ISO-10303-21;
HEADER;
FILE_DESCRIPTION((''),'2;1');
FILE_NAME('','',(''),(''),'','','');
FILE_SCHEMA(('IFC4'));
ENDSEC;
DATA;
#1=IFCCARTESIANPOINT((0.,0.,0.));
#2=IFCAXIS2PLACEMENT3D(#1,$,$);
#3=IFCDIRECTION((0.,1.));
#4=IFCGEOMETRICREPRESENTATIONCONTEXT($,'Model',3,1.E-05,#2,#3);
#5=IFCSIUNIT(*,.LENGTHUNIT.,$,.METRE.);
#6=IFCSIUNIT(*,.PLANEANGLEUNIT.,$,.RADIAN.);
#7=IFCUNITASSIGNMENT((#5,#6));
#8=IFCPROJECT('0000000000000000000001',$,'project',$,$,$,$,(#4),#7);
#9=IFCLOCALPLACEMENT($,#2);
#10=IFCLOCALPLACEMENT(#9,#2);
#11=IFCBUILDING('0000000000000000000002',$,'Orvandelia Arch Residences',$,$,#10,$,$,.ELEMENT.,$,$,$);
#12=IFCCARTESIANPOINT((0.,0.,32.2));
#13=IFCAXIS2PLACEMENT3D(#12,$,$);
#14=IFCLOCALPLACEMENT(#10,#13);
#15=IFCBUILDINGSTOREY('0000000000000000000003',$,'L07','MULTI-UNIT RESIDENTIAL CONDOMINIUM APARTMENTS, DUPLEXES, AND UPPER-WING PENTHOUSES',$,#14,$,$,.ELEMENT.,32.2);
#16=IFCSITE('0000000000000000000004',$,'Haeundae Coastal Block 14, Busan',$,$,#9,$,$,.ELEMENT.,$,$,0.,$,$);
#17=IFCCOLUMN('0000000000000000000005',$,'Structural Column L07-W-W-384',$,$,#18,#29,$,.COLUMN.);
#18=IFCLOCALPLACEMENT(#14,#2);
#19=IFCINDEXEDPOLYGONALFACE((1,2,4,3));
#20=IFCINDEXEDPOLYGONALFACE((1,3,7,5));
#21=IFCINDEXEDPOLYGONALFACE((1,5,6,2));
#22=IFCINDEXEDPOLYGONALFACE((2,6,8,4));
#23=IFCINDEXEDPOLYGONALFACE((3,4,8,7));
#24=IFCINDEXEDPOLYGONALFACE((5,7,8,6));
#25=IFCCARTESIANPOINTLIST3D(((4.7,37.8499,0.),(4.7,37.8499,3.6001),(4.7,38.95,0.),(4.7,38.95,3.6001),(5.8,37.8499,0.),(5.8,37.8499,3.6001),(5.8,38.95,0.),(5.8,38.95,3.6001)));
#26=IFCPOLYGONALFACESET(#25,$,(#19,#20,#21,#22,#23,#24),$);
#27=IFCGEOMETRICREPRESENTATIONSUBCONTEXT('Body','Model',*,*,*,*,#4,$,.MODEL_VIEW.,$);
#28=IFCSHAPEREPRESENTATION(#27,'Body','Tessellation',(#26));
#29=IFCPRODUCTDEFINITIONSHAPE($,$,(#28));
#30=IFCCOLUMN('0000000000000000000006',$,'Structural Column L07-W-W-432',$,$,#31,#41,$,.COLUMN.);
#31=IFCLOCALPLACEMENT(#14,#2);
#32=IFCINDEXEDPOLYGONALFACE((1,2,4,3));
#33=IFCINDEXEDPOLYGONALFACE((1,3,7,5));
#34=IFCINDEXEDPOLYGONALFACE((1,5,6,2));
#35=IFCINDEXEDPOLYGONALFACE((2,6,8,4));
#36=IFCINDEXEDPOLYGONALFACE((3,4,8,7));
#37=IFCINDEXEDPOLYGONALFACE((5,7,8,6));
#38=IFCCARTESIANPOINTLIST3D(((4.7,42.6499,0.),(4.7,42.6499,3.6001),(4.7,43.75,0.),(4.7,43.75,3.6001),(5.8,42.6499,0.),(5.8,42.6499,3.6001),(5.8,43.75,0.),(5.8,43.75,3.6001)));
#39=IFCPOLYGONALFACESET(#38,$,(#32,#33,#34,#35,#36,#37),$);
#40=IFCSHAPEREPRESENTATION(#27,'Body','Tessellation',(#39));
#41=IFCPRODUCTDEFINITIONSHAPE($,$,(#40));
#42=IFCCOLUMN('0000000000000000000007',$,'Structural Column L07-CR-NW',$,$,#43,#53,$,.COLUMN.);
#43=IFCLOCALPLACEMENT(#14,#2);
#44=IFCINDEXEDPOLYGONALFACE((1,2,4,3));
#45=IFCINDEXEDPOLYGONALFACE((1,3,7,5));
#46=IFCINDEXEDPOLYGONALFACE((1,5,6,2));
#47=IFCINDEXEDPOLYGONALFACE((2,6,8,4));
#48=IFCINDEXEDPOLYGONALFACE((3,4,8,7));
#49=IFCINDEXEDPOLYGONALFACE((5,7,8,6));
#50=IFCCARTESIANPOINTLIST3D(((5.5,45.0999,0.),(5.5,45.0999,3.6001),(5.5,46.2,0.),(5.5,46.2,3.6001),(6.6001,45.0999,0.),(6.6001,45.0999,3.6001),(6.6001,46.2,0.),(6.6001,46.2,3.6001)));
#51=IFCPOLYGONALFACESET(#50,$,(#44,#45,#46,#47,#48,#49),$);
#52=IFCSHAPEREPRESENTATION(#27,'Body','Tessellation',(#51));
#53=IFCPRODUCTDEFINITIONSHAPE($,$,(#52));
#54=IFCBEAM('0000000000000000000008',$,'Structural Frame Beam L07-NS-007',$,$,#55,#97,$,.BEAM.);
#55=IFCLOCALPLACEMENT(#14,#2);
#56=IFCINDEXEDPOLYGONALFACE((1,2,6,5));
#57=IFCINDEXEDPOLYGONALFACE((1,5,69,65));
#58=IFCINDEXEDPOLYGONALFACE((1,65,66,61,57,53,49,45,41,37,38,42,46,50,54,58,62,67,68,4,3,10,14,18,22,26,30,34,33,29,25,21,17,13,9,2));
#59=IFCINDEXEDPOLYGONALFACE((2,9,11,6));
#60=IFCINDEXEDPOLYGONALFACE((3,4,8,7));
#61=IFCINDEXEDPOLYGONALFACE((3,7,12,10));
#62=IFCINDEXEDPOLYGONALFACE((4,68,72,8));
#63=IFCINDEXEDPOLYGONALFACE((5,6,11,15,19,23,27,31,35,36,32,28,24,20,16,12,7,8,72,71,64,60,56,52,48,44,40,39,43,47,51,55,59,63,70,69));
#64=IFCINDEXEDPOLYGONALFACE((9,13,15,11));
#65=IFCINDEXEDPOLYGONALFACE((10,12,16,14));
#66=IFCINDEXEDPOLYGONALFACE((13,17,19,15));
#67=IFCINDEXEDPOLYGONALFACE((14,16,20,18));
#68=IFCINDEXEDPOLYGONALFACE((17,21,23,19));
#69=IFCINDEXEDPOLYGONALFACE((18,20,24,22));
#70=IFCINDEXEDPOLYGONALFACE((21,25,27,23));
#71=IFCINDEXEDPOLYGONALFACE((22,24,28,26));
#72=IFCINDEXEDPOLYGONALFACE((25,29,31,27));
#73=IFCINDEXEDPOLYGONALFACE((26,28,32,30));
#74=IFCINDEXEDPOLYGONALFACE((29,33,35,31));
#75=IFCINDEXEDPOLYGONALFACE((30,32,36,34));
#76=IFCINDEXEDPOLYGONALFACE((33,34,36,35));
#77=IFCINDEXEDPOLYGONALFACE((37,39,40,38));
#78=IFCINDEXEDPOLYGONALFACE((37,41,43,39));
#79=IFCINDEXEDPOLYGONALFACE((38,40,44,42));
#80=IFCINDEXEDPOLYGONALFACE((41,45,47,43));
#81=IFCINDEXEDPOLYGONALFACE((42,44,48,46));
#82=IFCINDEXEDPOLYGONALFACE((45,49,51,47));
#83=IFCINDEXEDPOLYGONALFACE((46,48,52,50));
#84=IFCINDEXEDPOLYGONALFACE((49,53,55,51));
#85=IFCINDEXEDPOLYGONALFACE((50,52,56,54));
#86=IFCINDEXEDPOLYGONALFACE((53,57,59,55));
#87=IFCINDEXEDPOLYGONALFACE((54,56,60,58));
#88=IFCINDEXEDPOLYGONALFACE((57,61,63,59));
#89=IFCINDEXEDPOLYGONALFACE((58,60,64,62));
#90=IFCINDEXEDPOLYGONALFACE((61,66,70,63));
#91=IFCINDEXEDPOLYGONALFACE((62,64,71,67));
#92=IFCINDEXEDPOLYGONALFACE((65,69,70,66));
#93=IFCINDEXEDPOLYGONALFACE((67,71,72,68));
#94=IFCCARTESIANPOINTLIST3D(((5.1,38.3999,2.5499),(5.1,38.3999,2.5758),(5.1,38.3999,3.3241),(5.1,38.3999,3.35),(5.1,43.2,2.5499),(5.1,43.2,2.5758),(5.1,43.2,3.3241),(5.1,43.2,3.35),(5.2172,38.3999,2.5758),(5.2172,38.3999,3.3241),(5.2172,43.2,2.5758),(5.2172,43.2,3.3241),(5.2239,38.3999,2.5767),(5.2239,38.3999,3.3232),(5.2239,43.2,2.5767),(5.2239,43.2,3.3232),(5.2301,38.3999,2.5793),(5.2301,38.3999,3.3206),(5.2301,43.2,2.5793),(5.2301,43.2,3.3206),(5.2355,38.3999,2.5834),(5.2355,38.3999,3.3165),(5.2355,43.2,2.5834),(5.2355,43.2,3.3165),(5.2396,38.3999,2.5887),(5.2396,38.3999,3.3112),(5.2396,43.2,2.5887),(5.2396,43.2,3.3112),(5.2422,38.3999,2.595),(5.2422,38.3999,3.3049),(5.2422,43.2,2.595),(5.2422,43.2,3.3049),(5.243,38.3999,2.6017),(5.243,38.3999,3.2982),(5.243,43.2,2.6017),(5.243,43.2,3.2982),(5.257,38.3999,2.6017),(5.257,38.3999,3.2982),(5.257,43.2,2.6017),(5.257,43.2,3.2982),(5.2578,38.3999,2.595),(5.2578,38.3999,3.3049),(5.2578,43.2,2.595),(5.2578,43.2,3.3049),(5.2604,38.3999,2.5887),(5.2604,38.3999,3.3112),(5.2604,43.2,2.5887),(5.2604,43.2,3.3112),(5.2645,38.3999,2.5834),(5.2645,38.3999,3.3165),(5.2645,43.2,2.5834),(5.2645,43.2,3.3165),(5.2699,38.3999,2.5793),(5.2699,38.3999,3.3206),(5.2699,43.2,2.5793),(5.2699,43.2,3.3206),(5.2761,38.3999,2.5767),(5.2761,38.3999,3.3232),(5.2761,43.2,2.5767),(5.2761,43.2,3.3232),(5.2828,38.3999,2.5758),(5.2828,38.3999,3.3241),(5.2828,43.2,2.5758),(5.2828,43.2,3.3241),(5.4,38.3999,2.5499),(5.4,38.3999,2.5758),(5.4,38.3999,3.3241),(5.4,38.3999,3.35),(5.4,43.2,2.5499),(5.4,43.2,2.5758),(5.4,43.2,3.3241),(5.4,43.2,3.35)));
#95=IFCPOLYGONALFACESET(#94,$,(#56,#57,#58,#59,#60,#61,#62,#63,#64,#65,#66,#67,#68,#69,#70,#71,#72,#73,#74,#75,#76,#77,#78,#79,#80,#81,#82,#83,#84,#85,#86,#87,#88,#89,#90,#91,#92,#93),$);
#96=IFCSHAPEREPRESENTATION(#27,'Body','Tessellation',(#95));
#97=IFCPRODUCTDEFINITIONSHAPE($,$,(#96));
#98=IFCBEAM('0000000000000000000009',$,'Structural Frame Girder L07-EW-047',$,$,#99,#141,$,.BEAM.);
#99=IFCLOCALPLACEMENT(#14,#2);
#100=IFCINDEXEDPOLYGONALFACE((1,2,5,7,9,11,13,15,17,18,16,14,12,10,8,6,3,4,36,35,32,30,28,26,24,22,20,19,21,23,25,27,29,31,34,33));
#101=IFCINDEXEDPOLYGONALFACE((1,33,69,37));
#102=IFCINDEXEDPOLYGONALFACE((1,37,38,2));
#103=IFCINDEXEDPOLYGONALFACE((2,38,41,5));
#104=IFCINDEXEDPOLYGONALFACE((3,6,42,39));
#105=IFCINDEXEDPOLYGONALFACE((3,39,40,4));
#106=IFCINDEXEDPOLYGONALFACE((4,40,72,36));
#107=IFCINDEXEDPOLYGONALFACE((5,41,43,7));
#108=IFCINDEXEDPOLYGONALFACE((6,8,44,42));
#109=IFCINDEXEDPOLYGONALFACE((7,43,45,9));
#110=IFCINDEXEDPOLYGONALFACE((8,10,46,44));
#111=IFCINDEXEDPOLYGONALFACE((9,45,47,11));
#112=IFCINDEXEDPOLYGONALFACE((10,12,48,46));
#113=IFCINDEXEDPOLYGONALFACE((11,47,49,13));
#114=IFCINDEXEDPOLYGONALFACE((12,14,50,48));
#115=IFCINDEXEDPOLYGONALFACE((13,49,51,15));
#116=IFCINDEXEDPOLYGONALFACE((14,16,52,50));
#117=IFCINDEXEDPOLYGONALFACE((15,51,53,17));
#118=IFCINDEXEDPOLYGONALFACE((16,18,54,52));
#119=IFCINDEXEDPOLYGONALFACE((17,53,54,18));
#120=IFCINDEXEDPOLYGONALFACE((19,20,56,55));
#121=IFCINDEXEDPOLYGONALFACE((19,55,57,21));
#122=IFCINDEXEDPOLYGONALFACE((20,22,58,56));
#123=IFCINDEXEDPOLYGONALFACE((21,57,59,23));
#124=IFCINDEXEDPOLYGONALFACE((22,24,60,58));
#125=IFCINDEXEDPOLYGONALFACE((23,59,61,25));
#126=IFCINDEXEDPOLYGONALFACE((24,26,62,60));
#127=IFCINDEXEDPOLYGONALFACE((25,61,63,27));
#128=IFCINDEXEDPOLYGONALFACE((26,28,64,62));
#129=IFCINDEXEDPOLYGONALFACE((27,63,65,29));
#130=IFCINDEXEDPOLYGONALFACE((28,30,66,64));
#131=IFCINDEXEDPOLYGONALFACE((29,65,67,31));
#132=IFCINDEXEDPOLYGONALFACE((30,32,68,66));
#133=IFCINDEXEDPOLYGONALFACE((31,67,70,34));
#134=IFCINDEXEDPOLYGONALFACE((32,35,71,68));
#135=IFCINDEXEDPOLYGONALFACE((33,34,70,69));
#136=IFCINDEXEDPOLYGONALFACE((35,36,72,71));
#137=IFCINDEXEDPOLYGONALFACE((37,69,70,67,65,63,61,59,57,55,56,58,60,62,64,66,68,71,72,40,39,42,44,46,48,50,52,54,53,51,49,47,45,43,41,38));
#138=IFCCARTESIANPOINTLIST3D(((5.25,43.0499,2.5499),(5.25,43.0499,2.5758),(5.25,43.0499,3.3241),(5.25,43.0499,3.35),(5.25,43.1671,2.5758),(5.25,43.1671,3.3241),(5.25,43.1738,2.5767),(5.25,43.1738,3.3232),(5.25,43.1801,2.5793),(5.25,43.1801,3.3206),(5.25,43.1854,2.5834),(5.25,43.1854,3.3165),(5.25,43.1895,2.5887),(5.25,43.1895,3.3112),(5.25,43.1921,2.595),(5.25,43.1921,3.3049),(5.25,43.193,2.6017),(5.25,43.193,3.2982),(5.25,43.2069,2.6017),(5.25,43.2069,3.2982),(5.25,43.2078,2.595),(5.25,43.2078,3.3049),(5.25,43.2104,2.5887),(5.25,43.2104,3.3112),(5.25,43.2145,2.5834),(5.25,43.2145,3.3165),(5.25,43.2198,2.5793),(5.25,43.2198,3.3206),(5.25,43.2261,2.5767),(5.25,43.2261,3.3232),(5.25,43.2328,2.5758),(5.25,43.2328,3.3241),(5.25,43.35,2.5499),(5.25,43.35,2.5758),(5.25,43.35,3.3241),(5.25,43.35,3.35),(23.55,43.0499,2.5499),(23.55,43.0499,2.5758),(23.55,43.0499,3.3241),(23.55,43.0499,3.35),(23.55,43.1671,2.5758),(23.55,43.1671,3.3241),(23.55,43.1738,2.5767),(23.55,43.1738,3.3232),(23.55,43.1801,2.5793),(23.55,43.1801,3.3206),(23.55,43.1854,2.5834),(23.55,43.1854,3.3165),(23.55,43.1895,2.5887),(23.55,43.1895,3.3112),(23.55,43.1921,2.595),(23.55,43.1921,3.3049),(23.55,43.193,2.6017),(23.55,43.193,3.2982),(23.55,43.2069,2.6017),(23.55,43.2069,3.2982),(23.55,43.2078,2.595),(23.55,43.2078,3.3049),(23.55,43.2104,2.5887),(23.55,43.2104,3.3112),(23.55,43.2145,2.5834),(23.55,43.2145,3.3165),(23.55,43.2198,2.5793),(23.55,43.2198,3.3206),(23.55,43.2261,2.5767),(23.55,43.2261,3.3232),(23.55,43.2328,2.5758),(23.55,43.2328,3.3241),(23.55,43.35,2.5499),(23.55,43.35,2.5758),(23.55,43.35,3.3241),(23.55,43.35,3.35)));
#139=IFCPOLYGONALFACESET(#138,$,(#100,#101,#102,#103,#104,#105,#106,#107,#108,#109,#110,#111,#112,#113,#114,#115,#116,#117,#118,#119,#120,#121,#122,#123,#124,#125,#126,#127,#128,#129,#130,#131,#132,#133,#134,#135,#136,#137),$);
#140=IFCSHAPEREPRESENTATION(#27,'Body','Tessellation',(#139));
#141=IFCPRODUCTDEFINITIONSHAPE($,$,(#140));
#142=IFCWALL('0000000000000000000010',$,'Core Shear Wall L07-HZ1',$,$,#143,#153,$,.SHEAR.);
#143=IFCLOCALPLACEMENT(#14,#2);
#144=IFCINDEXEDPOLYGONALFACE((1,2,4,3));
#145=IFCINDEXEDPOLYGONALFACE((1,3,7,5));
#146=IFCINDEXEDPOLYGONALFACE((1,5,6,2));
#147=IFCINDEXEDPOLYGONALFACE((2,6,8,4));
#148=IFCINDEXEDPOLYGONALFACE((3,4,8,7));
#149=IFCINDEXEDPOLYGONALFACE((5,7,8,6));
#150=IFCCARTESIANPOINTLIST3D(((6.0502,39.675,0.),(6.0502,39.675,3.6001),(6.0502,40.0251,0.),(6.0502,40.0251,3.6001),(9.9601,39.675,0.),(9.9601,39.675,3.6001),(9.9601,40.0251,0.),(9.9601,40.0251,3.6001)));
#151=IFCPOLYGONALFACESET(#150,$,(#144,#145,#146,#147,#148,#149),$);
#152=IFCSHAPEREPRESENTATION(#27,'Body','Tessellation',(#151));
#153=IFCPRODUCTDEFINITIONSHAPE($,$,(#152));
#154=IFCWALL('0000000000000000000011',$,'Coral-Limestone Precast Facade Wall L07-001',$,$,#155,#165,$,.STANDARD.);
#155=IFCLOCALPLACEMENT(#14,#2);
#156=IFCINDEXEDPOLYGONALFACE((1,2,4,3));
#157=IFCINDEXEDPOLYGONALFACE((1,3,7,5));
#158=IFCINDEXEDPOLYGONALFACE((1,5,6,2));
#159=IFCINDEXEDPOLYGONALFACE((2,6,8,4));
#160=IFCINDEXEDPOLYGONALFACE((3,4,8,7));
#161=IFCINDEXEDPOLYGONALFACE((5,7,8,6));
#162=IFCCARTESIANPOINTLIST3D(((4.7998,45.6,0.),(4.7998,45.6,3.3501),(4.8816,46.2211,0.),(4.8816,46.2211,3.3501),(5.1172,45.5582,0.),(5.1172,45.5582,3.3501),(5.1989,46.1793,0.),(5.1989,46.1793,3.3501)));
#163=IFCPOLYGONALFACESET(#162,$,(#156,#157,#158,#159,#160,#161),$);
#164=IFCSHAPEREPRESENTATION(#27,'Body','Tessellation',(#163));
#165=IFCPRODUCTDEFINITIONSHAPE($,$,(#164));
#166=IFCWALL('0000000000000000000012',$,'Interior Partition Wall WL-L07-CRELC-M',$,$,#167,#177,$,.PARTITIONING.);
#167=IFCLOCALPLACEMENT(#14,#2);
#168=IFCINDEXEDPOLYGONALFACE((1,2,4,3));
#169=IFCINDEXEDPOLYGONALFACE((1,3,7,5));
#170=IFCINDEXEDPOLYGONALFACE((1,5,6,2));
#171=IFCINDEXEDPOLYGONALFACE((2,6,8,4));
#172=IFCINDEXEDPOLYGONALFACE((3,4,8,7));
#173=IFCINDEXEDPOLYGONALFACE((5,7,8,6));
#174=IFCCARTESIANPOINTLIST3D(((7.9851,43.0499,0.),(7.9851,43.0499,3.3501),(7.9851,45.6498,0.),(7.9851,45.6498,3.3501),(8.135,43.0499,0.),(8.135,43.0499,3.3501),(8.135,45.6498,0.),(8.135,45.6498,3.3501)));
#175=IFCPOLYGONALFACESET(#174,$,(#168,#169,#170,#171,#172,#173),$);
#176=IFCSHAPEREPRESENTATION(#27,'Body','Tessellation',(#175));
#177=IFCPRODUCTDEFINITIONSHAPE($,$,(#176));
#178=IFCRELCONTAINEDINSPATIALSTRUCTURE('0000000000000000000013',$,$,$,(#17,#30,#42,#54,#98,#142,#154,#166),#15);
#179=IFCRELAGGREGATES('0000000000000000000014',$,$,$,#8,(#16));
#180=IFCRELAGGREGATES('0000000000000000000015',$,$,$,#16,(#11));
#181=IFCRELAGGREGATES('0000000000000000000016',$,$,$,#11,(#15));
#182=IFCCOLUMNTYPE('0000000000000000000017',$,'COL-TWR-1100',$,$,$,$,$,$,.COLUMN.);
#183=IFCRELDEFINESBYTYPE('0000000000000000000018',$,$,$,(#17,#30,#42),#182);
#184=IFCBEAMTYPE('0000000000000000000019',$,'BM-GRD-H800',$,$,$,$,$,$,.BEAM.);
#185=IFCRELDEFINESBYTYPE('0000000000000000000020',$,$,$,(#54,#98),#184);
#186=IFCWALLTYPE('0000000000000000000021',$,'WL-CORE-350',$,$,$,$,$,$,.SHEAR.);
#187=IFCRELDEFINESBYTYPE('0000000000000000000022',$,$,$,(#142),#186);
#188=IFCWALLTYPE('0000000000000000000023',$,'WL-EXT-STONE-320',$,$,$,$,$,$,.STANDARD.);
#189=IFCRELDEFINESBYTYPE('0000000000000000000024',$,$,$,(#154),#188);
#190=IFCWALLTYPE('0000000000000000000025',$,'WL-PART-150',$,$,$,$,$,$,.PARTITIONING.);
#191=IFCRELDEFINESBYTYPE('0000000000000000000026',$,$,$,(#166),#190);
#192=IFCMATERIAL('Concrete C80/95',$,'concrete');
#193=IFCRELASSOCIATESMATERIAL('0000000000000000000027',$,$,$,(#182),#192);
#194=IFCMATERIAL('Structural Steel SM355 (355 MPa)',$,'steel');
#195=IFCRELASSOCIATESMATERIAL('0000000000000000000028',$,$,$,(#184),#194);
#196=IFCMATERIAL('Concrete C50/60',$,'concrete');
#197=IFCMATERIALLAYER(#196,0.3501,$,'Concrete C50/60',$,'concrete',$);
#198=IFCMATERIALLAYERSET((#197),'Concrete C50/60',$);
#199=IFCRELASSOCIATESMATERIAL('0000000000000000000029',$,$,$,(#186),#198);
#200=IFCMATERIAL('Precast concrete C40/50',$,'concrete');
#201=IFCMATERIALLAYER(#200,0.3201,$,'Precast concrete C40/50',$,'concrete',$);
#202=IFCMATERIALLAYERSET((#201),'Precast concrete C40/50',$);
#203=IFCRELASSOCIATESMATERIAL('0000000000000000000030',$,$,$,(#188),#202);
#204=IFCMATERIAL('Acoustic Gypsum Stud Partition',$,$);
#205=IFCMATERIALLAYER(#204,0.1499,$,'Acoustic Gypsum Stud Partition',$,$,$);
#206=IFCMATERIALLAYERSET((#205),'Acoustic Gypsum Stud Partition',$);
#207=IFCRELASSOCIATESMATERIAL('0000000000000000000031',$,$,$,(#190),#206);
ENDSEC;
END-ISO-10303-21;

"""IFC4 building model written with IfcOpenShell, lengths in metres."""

from ifc_helpers import new_model, si_unit, direction, frame, frame_2d, origin, origin_2d, place, context, subcontext, project, spatial, rectangle, i_section, extrude, material, layer, layer_set, material_profile, profile_set, type_object, element, save


model = new_model("IFC4")

# Units and contexts
model_context = context("Model", 3, precision=1e-05, world=origin(), true_north=direction((0.0, 1.0)))
body_context = subcontext(model_context, "Body", "Model", "MODEL_VIEW")
ifc_project = project(units=[si_unit("LENGTHUNIT", "METRE"), si_unit("PLANEANGLEUNIT", "RADIAN")], contexts=[model_context])

# Site, building, storey
site_placement = place(None, origin())
site = spatial("IfcSite", under=ifc_project, at=site_placement, Name="Haeundae Coastal Block 14, Busan", CompositionType="ELEMENT", RefElevation=0.0)
building_placement = place(site_placement, origin())
building = spatial("IfcBuilding", under=site, at=building_placement, Name="Orvandelia Arch Residences", CompositionType="ELEMENT")
storey_placement = place(building_placement, frame((0.0, 0.0, 32.2)))
storey = spatial("IfcBuildingStorey", under=building, at=storey_placement, Name="L07", Description="MULTI-UNIT RESIDENTIAL CONDOMINIUM APARTMENTS, DUPLEXES, AND UPPER-WING PENTHOUSES", CompositionType="ELEMENT", Elevation=32.2)

# Columns
ifc_material_1 = material(Name="Concrete C80/95", Category="concrete")
ifc_material_profile_1 = material_profile(ifc_material_1, rectangle(XDim=1.1001, YDim=1.1001, at=origin_2d()), Name="Concrete C80/95", Category="concrete")
ifc_profile_set_1 = profile_set([ifc_material_profile_1], Name="Concrete C80/95")
column_type = type_object("IfcColumnType", Name="COL-TWR-1100", PredefinedType="COLUMN", material=ifc_profile_set_1)
for number, where, z_axis, x_axis, name in (
    (1, (5.25, 38.3999, 0.0), (0.0, 0.0, 1.0), (1.0, 0.0, 0.0), "Structural Column L07-W-W-384"),
    (2, (5.25, 43.2, 0.0), (0.0, 0.0, 1.0), (1.0, 0.0, 0.0), "Structural Column L07-W-W-432"),
    (3, (6.05, 45.6499, 0.0), (0.0, 0.0, 1.0), (1.0, 0.0, 0.0), "Structural Column L07-CR-NW"),
):
    element("IfcColumn", number, at=place(storey_placement, frame(where, z_axis=z_axis, x_axis=x_axis)), inside=storey, type_object=column_type, Name=name, PredefinedType="COLUMN", context=body_context, shape_type="SweptSolid", body=[
        extrude(rectangle(XDim=1.1001, YDim=1.1001, at=origin_2d()), origin(), (0.0, 0.0, 1.0), 3.6001),
    ])

# Beams
ifc_material_2 = material(Name="Structural Steel SM355 (355 MPa)", Category="steel")
ifc_material_profile_2 = material_profile(ifc_material_2, i_section(OverallWidth=0.3, OverallDepth=0.8, WebThickness=0.0139, FlangeThickness=0.0259, FilletRadius=0.0259, at=origin_2d()), Name="Structural Steel SM355 (355 MPa)", Category="steel")
ifc_profile_set_2 = profile_set([ifc_material_profile_2], Name="Structural Steel SM355 (355 MPa)")
beam_type = type_object("IfcBeamType", Name="BM-GRD-H800", PredefinedType="BEAM", material=ifc_profile_set_2)
beam_1_placement = place(storey_placement, frame((5.25, 38.3999, 2.95), z_axis=(0.0, 1.0, 0.0), x_axis=(-1.0, 0.0, 0.0)))
element("IfcBeam", 4, at=beam_1_placement, inside=storey, type_object=beam_type, Name="Structural Frame Beam L07-NS-007", PredefinedType="BEAM", context=body_context, shape_type="SweptSolid", body=[
    extrude(i_section(OverallWidth=0.3, OverallDepth=0.8, WebThickness=0.0139, FlangeThickness=0.0259, FilletRadius=0.0259, at=origin_2d()), origin(), (0.0, 0.0, 1.0), 4.8),
])
beam_2_placement = place(storey_placement, frame((5.25, 43.2, 2.95), z_axis=(1.0, 0.0, 0.0), x_axis=(0.0, 1.0, 0.0)))
element("IfcBeam", 5, at=beam_2_placement, inside=storey, type_object=beam_type, Name="Structural Frame Girder L07-EW-047", PredefinedType="BEAM", context=body_context, shape_type="SweptSolid", body=[
    extrude(i_section(OverallWidth=0.3, OverallDepth=0.8, WebThickness=0.0139, FlangeThickness=0.0259, FilletRadius=0.0259, at=origin_2d()), origin(), (0.0, 0.0, 1.0), 18.3),
])

# Walls
ifc_material_3 = material(Name="Concrete C50/60", Category="concrete")
ifc_layer_1 = layer(ifc_material_3, 0.3501, Name="Concrete C50/60", Category="concrete")
ifc_layer_set_1 = layer_set([ifc_layer_1], Name="Concrete C50/60")
wall_type_1 = type_object("IfcWallType", Name="WL-CORE-350", PredefinedType="SHEAR", material=ifc_layer_set_1)
wall_1_placement = place(storey_placement, frame((6.05, 39.8501, 0.0), z_axis=(0.0, 0.0, 1.0), x_axis=(1.0, 0.0, 0.0)))
element("IfcWall", 6, at=wall_1_placement, inside=storey, type_object=wall_type_1, Name="Core Shear Wall L07-HZ1", PredefinedType="SHEAR", context=body_context, shape_type="SweptSolid", body=[
    extrude(rectangle(XDim=3.9099, YDim=0.3501, at=frame_2d((1.9551, 0.0))), origin(), (0.0, 0.0, 1.0), 3.6001),
])
ifc_material_4 = material(Name="Precast concrete C40/50", Category="concrete")
ifc_layer_2 = layer(ifc_material_4, 0.3201, Name="Precast concrete C40/50", Category="concrete")
ifc_layer_set_2 = layer_set([ifc_layer_2], Name="Precast concrete C40/50")
wall_type_2 = type_object("IfcWallType", Name="WL-EXT-STONE-320", PredefinedType="STANDARD", material=ifc_layer_set_2)
wall_2_placement = place(storey_placement, frame((4.9585, 45.5791, 0.0), z_axis=(0.0, 0.0, 1.0), x_axis=(0.130555, 0.991441, 0.0)))
element("IfcWall", 7, at=wall_2_placement, inside=storey, type_object=wall_type_2, Name="Coral-Limestone Precast Facade Wall L07-001", PredefinedType="STANDARD", context=body_context, shape_type="SweptSolid", body=[
    extrude(rectangle(XDim=0.6265, YDim=0.3201, at=frame_2d((0.3132, 0.0))), origin(), (0.0, 0.0, 1.0), 3.3501),
])
ifc_material_5 = material(Name="Acoustic Gypsum Stud Partition")
ifc_layer_3 = layer(ifc_material_5, 0.1499, Name="Acoustic Gypsum Stud Partition")
ifc_layer_set_3 = layer_set([ifc_layer_3], Name="Acoustic Gypsum Stud Partition")
wall_type_3 = type_object("IfcWallType", Name="WL-PART-150", PredefinedType="PARTITIONING", material=ifc_layer_set_3)
wall_3_placement = place(storey_placement, frame((8.0601, 43.05, 0.0), z_axis=(0.0, 0.0, 1.0), x_axis=(0.0, 1.0, 0.0)))
element("IfcWall", 8, at=wall_3_placement, inside=storey, type_object=wall_type_3, Name="Interior Partition Wall WL-L07-CRELC-M", PredefinedType="PARTITIONING", context=body_context, shape_type="SweptSolid", body=[
    extrude(rectangle(XDim=2.5999, YDim=0.1499, at=frame_2d((1.2998, 0.0))), origin(), (0.0, 0.0, 1.0), 3.3501),
])

save(model, "model.ifc")
